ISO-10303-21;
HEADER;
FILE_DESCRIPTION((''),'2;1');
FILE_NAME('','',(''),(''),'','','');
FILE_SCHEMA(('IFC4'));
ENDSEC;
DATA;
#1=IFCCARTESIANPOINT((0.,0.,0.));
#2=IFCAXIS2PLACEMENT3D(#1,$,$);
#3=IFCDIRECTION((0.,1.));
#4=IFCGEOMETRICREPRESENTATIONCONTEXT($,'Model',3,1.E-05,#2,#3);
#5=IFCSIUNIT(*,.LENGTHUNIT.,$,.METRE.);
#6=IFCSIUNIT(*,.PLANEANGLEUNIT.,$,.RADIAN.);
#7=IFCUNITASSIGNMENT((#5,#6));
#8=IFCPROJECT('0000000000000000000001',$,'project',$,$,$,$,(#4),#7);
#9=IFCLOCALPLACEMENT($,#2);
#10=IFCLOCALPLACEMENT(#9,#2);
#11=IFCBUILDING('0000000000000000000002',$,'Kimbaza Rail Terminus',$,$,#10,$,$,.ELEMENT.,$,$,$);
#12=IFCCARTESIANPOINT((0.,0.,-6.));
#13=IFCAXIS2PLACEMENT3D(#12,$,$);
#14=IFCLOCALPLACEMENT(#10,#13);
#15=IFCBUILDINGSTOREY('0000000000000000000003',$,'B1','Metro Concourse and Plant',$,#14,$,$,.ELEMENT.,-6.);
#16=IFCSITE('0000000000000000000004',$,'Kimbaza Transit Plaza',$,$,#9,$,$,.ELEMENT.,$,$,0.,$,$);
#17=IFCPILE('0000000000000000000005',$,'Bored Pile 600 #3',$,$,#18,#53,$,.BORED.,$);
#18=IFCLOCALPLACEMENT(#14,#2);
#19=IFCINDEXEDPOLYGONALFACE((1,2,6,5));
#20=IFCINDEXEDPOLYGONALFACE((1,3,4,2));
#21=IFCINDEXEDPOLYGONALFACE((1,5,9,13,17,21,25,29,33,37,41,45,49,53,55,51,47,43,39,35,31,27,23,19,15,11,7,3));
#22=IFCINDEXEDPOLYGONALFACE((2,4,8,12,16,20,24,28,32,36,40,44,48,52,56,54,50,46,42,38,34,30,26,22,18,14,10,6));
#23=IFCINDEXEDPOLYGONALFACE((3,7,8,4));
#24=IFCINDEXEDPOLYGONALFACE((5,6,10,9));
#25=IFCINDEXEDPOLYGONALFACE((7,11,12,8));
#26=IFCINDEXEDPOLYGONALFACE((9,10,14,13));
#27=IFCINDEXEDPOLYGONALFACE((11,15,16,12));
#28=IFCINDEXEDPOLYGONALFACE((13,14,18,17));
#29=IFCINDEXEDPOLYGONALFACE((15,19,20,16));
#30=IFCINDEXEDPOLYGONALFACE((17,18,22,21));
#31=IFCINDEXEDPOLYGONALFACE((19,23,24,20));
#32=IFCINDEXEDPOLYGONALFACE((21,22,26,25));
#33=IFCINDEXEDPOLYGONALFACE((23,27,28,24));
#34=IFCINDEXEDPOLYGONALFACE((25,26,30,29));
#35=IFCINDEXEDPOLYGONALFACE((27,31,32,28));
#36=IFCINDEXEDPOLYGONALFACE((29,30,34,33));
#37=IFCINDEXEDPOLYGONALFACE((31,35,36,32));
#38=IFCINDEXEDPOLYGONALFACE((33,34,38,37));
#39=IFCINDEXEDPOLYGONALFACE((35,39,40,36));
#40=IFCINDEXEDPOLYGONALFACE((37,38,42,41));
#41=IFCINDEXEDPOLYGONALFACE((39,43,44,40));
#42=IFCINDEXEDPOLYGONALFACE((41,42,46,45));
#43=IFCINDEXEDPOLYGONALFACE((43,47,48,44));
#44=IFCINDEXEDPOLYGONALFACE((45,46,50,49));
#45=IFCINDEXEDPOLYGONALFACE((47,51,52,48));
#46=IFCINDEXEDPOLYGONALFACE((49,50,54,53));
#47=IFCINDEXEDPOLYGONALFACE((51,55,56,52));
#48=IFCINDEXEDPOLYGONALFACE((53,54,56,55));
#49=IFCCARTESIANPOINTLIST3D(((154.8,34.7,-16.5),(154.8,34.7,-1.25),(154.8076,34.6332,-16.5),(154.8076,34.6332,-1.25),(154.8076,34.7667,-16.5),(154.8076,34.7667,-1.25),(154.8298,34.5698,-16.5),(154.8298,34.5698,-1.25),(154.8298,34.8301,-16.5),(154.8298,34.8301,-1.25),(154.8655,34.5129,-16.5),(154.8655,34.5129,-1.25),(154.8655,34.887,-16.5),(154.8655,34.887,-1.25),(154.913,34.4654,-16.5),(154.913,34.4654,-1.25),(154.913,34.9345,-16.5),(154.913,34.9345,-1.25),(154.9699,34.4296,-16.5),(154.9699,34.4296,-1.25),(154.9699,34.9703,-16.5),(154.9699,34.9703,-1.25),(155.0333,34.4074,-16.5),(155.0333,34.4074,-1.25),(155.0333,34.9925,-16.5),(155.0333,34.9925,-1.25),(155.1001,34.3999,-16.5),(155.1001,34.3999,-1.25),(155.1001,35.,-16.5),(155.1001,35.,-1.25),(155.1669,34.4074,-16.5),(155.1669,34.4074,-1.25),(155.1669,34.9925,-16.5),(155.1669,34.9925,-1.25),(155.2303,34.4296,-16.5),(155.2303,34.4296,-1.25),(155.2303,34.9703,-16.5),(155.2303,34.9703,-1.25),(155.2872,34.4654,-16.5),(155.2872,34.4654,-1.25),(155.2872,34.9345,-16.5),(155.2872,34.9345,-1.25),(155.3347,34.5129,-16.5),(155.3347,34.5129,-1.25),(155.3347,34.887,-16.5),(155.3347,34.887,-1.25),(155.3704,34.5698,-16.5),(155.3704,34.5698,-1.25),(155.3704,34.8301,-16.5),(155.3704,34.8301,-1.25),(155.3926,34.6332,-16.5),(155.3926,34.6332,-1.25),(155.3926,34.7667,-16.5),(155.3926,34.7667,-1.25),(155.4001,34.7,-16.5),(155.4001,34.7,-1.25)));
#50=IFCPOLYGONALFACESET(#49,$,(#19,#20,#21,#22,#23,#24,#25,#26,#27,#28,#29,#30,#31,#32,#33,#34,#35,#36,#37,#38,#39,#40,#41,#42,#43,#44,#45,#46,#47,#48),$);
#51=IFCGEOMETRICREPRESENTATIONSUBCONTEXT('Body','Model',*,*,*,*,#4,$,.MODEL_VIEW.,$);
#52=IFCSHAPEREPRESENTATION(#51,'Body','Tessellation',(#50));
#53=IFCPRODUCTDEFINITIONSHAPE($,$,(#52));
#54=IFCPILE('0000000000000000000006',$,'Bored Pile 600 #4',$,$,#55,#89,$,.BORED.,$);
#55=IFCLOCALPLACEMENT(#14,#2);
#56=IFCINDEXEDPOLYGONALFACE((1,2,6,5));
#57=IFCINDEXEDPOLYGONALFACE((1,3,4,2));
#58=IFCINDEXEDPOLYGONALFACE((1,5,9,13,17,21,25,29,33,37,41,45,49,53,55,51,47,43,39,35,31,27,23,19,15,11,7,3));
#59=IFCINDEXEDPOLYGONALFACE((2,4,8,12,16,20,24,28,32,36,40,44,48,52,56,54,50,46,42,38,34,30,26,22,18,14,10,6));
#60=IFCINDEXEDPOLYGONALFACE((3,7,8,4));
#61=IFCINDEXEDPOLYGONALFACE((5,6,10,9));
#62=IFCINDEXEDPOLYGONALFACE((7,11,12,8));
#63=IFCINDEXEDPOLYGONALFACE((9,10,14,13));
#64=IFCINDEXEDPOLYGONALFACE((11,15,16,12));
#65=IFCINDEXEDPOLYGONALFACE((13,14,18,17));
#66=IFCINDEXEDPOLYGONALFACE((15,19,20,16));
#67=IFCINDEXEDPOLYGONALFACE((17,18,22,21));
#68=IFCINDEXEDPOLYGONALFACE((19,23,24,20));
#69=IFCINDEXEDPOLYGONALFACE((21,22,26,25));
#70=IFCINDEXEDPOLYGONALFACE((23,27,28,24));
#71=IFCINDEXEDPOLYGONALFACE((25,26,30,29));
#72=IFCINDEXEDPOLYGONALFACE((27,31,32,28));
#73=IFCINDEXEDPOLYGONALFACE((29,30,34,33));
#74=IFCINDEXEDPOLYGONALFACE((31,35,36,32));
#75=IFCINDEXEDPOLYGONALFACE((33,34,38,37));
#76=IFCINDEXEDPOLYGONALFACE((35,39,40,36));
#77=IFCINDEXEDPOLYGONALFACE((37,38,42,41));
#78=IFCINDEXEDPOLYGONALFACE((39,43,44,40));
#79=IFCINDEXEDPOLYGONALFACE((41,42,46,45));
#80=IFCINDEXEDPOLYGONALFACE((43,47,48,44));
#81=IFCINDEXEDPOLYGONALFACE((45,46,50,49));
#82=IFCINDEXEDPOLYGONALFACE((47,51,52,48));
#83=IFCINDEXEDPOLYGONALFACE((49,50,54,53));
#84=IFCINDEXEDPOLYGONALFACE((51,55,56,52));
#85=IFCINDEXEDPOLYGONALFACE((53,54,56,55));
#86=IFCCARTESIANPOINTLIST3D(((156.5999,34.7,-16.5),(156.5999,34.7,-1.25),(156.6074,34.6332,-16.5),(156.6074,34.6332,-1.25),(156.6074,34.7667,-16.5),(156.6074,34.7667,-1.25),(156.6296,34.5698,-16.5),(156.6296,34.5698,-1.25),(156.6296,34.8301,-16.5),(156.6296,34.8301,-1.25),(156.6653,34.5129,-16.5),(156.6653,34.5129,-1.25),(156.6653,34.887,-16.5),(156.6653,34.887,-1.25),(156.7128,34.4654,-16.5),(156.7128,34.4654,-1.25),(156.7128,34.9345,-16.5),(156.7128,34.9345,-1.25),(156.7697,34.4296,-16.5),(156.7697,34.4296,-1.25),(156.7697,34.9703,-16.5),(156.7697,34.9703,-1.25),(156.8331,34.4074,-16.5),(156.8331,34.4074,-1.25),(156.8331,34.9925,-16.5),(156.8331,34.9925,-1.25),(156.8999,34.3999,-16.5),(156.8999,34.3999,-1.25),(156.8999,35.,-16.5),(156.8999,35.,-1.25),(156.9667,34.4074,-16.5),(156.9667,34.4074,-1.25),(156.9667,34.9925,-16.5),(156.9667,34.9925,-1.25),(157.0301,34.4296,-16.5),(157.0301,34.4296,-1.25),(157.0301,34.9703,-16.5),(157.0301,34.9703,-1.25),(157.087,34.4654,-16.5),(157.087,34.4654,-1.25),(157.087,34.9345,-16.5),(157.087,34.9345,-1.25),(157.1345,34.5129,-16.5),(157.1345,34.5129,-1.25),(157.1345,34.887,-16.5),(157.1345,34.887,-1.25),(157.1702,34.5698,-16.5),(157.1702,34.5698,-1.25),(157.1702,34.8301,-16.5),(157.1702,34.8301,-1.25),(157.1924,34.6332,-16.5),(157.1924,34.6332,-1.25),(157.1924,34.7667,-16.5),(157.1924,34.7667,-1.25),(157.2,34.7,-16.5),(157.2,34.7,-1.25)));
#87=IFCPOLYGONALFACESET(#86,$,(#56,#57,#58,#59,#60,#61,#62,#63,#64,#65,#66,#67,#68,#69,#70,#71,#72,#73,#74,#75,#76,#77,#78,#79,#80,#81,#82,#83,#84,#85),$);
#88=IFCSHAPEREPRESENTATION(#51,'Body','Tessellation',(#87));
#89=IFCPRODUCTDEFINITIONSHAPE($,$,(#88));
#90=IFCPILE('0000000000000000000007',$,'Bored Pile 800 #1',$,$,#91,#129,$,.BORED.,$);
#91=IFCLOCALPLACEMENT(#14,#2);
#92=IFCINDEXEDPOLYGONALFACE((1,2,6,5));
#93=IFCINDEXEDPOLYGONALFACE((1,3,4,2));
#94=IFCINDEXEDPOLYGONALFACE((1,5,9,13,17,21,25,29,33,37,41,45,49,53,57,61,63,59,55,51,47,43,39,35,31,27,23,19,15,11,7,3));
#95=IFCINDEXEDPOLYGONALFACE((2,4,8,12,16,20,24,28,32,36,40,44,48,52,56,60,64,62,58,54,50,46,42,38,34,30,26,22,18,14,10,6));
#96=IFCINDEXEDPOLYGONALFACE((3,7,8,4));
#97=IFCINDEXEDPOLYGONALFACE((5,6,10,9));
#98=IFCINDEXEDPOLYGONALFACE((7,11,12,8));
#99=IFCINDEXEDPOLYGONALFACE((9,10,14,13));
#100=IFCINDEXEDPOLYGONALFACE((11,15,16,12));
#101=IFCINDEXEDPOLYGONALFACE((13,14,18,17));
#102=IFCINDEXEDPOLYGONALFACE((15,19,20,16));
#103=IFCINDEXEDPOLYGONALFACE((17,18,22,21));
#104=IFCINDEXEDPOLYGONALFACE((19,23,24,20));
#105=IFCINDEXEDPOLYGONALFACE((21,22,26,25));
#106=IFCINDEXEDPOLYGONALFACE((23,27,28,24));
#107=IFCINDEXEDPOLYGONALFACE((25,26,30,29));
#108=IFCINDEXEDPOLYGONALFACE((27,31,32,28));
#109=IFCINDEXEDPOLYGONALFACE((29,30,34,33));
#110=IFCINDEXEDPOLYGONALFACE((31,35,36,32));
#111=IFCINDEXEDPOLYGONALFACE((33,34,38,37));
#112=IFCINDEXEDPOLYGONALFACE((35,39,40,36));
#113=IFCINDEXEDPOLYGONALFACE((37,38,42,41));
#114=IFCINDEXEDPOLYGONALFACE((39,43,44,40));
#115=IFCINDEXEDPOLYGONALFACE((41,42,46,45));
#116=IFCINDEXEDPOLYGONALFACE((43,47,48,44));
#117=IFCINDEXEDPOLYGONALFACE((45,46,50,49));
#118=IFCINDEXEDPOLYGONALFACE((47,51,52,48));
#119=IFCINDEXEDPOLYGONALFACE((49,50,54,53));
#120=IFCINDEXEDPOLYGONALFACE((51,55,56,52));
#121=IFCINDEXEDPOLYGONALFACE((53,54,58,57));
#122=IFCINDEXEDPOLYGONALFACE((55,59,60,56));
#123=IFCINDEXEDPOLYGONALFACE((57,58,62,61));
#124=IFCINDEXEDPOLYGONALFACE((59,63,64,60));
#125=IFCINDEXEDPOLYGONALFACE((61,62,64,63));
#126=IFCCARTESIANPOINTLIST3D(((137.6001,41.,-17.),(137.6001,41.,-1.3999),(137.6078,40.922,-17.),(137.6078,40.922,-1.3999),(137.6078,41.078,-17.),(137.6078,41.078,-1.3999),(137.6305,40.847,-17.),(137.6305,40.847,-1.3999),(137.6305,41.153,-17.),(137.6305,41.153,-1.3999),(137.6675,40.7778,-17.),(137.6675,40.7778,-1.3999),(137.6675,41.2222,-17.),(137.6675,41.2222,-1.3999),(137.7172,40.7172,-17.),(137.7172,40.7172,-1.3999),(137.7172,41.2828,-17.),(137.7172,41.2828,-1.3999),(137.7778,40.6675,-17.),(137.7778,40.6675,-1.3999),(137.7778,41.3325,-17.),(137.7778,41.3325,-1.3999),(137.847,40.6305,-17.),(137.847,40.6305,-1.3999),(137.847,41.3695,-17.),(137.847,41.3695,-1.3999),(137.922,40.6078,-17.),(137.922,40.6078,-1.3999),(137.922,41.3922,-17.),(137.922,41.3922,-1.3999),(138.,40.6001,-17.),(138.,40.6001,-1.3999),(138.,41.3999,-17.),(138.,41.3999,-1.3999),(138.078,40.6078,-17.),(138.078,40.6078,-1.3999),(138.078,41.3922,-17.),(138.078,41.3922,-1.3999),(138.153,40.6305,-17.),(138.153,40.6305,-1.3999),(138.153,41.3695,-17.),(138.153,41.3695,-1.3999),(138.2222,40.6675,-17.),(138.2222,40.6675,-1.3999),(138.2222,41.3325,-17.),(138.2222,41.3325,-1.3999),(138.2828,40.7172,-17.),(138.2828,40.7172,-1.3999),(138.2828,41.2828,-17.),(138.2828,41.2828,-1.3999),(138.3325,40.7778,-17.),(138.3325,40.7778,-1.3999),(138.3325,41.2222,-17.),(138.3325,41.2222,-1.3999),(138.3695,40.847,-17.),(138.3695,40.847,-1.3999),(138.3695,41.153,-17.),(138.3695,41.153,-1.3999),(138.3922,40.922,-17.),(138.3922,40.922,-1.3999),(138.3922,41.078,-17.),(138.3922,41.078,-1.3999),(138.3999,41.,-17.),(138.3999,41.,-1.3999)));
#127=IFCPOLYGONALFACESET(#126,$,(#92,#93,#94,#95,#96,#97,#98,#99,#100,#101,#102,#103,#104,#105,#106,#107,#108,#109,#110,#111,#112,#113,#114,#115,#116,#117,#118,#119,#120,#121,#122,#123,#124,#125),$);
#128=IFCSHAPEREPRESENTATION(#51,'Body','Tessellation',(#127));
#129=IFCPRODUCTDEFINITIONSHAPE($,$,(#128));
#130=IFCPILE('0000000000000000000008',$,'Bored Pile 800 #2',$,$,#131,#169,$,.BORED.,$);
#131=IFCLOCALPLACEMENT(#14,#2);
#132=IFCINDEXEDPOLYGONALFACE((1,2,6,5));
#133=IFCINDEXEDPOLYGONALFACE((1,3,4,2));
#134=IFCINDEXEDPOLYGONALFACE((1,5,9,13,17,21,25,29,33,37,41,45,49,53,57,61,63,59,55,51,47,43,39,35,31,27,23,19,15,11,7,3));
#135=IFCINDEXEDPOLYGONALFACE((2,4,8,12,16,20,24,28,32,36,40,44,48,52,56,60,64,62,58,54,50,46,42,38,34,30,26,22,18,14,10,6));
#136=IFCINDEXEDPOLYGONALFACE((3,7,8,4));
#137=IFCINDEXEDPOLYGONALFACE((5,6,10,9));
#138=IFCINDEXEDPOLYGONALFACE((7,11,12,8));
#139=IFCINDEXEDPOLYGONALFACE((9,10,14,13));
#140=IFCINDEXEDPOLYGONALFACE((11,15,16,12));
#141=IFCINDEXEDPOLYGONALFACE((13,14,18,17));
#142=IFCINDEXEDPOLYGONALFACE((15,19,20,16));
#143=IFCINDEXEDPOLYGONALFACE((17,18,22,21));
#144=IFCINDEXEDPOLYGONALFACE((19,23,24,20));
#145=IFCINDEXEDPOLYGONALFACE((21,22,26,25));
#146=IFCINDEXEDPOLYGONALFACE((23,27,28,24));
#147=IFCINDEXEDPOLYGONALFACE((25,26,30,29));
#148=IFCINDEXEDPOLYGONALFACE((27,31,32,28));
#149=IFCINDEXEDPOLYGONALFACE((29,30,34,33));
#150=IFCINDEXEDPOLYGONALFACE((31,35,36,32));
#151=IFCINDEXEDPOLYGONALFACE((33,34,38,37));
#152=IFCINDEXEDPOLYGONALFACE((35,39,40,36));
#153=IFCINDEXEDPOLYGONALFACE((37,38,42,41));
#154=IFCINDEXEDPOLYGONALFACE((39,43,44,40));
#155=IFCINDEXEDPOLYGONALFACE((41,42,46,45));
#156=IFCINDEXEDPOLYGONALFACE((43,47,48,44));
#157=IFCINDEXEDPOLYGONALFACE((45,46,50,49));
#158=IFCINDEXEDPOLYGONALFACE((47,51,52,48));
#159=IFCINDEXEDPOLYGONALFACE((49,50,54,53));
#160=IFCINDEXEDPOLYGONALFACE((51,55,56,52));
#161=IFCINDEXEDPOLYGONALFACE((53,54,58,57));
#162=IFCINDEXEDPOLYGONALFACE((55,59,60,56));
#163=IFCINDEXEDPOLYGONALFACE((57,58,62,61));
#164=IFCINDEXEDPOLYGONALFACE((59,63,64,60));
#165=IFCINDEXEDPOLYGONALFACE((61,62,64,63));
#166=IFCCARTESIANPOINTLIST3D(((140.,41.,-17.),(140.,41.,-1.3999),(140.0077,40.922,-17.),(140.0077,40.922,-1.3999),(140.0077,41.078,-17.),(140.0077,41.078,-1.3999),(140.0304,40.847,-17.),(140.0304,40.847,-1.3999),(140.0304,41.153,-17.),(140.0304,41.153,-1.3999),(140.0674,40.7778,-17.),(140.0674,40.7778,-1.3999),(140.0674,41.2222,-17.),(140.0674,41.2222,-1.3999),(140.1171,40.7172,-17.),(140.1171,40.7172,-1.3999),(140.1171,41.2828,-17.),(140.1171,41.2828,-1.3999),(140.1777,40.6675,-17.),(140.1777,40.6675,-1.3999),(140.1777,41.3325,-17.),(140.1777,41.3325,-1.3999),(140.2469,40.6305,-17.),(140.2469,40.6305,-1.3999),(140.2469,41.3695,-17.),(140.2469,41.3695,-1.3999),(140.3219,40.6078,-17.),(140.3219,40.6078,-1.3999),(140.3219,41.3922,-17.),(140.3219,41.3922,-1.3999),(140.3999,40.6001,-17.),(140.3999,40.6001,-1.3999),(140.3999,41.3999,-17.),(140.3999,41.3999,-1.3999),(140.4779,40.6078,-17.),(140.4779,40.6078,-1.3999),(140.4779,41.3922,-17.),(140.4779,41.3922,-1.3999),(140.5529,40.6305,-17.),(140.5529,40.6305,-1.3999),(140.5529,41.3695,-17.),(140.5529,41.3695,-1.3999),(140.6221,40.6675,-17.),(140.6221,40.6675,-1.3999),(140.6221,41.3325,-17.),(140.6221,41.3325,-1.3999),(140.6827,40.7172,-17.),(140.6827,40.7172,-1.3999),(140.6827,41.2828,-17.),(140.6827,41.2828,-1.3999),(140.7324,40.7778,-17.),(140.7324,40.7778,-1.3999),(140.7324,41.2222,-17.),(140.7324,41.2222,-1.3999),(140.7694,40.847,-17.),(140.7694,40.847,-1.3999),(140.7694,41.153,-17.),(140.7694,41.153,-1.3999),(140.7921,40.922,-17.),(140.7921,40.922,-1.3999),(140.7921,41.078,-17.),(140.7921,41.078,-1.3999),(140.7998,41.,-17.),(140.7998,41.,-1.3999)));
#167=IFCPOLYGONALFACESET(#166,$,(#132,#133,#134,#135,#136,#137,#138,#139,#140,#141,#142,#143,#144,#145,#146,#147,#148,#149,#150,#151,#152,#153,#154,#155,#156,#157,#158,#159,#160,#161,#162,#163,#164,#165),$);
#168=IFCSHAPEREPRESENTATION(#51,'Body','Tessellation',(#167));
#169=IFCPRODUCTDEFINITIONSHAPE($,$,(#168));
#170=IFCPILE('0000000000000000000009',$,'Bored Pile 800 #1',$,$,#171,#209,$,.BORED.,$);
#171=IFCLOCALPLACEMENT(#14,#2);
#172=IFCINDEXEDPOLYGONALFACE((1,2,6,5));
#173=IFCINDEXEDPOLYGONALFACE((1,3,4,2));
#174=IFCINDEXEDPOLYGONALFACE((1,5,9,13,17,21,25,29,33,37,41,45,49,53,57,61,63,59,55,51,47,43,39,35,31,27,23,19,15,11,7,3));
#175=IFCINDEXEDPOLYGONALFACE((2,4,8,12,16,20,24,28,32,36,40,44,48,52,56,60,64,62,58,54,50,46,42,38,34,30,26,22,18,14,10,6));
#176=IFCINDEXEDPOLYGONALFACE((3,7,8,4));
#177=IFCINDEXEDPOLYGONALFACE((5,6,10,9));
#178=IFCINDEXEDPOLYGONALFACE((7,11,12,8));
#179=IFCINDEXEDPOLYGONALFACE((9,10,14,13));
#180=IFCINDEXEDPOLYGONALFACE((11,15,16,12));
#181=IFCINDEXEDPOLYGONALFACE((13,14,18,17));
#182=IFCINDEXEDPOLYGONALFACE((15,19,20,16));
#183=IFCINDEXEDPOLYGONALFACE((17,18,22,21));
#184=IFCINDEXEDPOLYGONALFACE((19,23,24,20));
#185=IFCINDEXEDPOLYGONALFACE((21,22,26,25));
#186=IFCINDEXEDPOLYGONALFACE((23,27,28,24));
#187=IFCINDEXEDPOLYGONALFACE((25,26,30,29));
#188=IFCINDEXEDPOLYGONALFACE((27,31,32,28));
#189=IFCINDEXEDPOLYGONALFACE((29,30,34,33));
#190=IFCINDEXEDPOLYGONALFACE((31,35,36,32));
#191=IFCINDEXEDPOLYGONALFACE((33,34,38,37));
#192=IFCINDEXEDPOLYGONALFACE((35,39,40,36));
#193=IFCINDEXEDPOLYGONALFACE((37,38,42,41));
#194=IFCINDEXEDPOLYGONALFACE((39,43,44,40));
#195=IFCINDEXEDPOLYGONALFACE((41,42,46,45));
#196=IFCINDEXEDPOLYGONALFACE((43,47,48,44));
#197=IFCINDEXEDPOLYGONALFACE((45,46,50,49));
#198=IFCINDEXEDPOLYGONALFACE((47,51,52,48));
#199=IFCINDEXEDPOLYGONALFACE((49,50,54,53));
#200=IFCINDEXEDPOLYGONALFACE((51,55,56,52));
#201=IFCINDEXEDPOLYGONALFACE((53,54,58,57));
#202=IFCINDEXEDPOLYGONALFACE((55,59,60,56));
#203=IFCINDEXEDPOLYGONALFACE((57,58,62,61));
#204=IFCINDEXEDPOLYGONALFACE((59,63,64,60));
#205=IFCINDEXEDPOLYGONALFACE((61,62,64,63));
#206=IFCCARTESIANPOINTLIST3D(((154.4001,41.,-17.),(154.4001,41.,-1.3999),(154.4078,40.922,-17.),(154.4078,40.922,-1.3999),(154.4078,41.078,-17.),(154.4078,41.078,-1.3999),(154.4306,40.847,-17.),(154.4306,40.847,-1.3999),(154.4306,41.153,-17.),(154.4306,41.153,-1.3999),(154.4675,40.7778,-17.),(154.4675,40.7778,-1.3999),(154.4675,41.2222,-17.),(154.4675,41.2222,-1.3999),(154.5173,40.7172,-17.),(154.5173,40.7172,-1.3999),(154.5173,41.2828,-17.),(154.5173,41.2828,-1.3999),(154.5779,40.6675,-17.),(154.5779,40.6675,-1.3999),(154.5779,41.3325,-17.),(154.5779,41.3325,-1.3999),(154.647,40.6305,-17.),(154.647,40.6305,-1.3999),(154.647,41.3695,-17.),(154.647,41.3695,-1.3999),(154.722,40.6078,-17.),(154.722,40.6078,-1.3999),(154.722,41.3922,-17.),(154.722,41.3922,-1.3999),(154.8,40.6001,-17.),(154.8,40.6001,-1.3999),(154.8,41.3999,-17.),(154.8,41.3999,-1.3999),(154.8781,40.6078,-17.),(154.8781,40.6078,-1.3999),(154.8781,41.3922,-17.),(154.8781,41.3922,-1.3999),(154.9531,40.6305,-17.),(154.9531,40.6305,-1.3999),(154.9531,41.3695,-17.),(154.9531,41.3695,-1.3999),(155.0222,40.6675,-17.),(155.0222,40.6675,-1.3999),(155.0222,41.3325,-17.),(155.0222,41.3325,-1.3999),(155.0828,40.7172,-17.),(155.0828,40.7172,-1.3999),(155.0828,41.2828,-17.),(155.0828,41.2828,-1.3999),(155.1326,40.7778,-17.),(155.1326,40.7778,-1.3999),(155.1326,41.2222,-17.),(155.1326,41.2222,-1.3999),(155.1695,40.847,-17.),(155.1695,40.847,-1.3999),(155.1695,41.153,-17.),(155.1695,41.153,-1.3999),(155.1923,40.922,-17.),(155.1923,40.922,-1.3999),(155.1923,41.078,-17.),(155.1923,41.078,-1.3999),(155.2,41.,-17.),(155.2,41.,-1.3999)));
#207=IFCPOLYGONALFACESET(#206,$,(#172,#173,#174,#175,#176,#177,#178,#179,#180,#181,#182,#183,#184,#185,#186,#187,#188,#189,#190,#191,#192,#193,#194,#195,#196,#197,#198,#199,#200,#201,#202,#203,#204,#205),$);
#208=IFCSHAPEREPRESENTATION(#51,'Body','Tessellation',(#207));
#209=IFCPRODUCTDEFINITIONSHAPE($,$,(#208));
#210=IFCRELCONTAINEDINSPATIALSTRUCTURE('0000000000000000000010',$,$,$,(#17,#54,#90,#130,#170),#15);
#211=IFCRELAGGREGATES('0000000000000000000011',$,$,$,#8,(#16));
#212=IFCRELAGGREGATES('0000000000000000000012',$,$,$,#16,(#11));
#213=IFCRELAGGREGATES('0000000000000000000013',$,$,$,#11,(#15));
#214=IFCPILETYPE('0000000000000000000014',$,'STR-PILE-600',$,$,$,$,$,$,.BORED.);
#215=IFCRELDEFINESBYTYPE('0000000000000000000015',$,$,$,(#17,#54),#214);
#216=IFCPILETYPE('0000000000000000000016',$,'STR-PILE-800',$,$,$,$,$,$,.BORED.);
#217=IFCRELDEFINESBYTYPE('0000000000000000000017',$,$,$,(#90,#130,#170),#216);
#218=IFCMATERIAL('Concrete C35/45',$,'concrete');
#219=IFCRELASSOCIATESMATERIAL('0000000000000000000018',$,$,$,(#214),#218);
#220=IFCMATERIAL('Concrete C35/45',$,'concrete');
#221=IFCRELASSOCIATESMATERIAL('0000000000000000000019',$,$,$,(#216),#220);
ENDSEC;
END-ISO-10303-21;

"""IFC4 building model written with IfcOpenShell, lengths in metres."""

from ifc_helpers import new_model, si_unit, direction, frame, origin, origin_2d, place, context, subcontext, project, spatial, circle, extrude, material, material_profile, profile_set, type_object, element, save


model = new_model("IFC4")

# Units and contexts
model_context = context("Model", 3, precision=1e-05, world=origin(), true_north=direction((0.0, 1.0)))
body_context = subcontext(model_context, "Body", "Model", "MODEL_VIEW")
ifc_project = project(units=[si_unit("LENGTHUNIT", "METRE"), si_unit("PLANEANGLEUNIT", "RADIAN")], contexts=[model_context])

# Site, building, storey
site_placement = place(None, origin())
site = spatial("IfcSite", under=ifc_project, at=site_placement, Name="Kimbaza Transit Plaza", CompositionType="ELEMENT", RefElevation=0.0)
building_placement = place(site_placement, origin())
building = spatial("IfcBuilding", under=site, at=building_placement, Name="Kimbaza Rail Terminus", CompositionType="ELEMENT")
storey_placement = place(building_placement, frame((0.0, 0.0, -6.0)))
storey = spatial("IfcBuildingStorey", under=building, at=storey_placement, Name="B1", Description="Metro Concourse and Plant", CompositionType="ELEMENT", Elevation=-6.0)

# Piles
ifc_material_1 = material(Name="Concrete C35/45", Category="concrete")
ifc_material_profile_1 = material_profile(ifc_material_1, circle(Radius=0.3, at=origin_2d()), Name="BORED PILE 600")
ifc_profile_set_1 = profile_set([ifc_material_profile_1], Name="Concrete C35/45")
pile_type_1 = type_object("IfcPileType", Name="STR-PILE-600", PredefinedType="BORED", material=ifc_profile_set_1)
for number, where, z_axis, x_axis, name in (
    (1, (155.1001, 34.7, -1.25), (0.0, 0.0, -1.0), (1.0, 0.0, 0.0), "Bored Pile 600 #3"),
    (2, (156.8999, 34.7, -1.25), (0.0, 0.0, -1.0), (1.0, 0.0, 0.0), "Bored Pile 600 #4"),
):
    element("IfcPile", number, at=place(storey_placement, frame(where, z_axis=z_axis, x_axis=x_axis)), inside=storey, type_object=pile_type_1, Name=name, PredefinedType="BORED", context=body_context, shape_type="SweptSolid", body=[
        extrude(circle(Radius=0.3, at=origin_2d()), origin(), (0.0, 0.0, 1.0), 15.25),
    ])
ifc_material_2 = material(Name="Concrete C35/45", Category="concrete")
ifc_material_profile_2 = material_profile(ifc_material_2, circle(Radius=0.3999, at=origin_2d()), Name="BORED PILE 800")
ifc_profile_set_2 = profile_set([ifc_material_profile_2], Name="Concrete C35/45")
pile_type_2 = type_object("IfcPileType", Name="STR-PILE-800", PredefinedType="BORED", material=ifc_profile_set_2)
for number, where, z_axis, x_axis, name in (
    (3, (138.0, 41.0, -1.3999), (0.0, 0.0, -1.0), (1.0, 0.0, 0.0), "Bored Pile 800 #1"),
    (4, (140.3999, 41.0, -1.3999), (0.0, 0.0, -1.0), (1.0, 0.0, 0.0), "Bored Pile 800 #2"),
    (5, (154.8, 41.0, -1.3999), (0.0, 0.0, -1.0), (1.0, 0.0, 0.0), "Bored Pile 800 #1"),
):
    element("IfcPile", number, at=place(storey_placement, frame(where, z_axis=z_axis, x_axis=x_axis)), inside=storey, type_object=pile_type_2, Name=name, PredefinedType="BORED", context=body_context, shape_type="SweptSolid", body=[
        extrude(circle(Radius=0.3999, at=origin_2d()), origin(), (0.0, 0.0, 1.0), 15.6001),
    ])

save(model, "model.ifc")
